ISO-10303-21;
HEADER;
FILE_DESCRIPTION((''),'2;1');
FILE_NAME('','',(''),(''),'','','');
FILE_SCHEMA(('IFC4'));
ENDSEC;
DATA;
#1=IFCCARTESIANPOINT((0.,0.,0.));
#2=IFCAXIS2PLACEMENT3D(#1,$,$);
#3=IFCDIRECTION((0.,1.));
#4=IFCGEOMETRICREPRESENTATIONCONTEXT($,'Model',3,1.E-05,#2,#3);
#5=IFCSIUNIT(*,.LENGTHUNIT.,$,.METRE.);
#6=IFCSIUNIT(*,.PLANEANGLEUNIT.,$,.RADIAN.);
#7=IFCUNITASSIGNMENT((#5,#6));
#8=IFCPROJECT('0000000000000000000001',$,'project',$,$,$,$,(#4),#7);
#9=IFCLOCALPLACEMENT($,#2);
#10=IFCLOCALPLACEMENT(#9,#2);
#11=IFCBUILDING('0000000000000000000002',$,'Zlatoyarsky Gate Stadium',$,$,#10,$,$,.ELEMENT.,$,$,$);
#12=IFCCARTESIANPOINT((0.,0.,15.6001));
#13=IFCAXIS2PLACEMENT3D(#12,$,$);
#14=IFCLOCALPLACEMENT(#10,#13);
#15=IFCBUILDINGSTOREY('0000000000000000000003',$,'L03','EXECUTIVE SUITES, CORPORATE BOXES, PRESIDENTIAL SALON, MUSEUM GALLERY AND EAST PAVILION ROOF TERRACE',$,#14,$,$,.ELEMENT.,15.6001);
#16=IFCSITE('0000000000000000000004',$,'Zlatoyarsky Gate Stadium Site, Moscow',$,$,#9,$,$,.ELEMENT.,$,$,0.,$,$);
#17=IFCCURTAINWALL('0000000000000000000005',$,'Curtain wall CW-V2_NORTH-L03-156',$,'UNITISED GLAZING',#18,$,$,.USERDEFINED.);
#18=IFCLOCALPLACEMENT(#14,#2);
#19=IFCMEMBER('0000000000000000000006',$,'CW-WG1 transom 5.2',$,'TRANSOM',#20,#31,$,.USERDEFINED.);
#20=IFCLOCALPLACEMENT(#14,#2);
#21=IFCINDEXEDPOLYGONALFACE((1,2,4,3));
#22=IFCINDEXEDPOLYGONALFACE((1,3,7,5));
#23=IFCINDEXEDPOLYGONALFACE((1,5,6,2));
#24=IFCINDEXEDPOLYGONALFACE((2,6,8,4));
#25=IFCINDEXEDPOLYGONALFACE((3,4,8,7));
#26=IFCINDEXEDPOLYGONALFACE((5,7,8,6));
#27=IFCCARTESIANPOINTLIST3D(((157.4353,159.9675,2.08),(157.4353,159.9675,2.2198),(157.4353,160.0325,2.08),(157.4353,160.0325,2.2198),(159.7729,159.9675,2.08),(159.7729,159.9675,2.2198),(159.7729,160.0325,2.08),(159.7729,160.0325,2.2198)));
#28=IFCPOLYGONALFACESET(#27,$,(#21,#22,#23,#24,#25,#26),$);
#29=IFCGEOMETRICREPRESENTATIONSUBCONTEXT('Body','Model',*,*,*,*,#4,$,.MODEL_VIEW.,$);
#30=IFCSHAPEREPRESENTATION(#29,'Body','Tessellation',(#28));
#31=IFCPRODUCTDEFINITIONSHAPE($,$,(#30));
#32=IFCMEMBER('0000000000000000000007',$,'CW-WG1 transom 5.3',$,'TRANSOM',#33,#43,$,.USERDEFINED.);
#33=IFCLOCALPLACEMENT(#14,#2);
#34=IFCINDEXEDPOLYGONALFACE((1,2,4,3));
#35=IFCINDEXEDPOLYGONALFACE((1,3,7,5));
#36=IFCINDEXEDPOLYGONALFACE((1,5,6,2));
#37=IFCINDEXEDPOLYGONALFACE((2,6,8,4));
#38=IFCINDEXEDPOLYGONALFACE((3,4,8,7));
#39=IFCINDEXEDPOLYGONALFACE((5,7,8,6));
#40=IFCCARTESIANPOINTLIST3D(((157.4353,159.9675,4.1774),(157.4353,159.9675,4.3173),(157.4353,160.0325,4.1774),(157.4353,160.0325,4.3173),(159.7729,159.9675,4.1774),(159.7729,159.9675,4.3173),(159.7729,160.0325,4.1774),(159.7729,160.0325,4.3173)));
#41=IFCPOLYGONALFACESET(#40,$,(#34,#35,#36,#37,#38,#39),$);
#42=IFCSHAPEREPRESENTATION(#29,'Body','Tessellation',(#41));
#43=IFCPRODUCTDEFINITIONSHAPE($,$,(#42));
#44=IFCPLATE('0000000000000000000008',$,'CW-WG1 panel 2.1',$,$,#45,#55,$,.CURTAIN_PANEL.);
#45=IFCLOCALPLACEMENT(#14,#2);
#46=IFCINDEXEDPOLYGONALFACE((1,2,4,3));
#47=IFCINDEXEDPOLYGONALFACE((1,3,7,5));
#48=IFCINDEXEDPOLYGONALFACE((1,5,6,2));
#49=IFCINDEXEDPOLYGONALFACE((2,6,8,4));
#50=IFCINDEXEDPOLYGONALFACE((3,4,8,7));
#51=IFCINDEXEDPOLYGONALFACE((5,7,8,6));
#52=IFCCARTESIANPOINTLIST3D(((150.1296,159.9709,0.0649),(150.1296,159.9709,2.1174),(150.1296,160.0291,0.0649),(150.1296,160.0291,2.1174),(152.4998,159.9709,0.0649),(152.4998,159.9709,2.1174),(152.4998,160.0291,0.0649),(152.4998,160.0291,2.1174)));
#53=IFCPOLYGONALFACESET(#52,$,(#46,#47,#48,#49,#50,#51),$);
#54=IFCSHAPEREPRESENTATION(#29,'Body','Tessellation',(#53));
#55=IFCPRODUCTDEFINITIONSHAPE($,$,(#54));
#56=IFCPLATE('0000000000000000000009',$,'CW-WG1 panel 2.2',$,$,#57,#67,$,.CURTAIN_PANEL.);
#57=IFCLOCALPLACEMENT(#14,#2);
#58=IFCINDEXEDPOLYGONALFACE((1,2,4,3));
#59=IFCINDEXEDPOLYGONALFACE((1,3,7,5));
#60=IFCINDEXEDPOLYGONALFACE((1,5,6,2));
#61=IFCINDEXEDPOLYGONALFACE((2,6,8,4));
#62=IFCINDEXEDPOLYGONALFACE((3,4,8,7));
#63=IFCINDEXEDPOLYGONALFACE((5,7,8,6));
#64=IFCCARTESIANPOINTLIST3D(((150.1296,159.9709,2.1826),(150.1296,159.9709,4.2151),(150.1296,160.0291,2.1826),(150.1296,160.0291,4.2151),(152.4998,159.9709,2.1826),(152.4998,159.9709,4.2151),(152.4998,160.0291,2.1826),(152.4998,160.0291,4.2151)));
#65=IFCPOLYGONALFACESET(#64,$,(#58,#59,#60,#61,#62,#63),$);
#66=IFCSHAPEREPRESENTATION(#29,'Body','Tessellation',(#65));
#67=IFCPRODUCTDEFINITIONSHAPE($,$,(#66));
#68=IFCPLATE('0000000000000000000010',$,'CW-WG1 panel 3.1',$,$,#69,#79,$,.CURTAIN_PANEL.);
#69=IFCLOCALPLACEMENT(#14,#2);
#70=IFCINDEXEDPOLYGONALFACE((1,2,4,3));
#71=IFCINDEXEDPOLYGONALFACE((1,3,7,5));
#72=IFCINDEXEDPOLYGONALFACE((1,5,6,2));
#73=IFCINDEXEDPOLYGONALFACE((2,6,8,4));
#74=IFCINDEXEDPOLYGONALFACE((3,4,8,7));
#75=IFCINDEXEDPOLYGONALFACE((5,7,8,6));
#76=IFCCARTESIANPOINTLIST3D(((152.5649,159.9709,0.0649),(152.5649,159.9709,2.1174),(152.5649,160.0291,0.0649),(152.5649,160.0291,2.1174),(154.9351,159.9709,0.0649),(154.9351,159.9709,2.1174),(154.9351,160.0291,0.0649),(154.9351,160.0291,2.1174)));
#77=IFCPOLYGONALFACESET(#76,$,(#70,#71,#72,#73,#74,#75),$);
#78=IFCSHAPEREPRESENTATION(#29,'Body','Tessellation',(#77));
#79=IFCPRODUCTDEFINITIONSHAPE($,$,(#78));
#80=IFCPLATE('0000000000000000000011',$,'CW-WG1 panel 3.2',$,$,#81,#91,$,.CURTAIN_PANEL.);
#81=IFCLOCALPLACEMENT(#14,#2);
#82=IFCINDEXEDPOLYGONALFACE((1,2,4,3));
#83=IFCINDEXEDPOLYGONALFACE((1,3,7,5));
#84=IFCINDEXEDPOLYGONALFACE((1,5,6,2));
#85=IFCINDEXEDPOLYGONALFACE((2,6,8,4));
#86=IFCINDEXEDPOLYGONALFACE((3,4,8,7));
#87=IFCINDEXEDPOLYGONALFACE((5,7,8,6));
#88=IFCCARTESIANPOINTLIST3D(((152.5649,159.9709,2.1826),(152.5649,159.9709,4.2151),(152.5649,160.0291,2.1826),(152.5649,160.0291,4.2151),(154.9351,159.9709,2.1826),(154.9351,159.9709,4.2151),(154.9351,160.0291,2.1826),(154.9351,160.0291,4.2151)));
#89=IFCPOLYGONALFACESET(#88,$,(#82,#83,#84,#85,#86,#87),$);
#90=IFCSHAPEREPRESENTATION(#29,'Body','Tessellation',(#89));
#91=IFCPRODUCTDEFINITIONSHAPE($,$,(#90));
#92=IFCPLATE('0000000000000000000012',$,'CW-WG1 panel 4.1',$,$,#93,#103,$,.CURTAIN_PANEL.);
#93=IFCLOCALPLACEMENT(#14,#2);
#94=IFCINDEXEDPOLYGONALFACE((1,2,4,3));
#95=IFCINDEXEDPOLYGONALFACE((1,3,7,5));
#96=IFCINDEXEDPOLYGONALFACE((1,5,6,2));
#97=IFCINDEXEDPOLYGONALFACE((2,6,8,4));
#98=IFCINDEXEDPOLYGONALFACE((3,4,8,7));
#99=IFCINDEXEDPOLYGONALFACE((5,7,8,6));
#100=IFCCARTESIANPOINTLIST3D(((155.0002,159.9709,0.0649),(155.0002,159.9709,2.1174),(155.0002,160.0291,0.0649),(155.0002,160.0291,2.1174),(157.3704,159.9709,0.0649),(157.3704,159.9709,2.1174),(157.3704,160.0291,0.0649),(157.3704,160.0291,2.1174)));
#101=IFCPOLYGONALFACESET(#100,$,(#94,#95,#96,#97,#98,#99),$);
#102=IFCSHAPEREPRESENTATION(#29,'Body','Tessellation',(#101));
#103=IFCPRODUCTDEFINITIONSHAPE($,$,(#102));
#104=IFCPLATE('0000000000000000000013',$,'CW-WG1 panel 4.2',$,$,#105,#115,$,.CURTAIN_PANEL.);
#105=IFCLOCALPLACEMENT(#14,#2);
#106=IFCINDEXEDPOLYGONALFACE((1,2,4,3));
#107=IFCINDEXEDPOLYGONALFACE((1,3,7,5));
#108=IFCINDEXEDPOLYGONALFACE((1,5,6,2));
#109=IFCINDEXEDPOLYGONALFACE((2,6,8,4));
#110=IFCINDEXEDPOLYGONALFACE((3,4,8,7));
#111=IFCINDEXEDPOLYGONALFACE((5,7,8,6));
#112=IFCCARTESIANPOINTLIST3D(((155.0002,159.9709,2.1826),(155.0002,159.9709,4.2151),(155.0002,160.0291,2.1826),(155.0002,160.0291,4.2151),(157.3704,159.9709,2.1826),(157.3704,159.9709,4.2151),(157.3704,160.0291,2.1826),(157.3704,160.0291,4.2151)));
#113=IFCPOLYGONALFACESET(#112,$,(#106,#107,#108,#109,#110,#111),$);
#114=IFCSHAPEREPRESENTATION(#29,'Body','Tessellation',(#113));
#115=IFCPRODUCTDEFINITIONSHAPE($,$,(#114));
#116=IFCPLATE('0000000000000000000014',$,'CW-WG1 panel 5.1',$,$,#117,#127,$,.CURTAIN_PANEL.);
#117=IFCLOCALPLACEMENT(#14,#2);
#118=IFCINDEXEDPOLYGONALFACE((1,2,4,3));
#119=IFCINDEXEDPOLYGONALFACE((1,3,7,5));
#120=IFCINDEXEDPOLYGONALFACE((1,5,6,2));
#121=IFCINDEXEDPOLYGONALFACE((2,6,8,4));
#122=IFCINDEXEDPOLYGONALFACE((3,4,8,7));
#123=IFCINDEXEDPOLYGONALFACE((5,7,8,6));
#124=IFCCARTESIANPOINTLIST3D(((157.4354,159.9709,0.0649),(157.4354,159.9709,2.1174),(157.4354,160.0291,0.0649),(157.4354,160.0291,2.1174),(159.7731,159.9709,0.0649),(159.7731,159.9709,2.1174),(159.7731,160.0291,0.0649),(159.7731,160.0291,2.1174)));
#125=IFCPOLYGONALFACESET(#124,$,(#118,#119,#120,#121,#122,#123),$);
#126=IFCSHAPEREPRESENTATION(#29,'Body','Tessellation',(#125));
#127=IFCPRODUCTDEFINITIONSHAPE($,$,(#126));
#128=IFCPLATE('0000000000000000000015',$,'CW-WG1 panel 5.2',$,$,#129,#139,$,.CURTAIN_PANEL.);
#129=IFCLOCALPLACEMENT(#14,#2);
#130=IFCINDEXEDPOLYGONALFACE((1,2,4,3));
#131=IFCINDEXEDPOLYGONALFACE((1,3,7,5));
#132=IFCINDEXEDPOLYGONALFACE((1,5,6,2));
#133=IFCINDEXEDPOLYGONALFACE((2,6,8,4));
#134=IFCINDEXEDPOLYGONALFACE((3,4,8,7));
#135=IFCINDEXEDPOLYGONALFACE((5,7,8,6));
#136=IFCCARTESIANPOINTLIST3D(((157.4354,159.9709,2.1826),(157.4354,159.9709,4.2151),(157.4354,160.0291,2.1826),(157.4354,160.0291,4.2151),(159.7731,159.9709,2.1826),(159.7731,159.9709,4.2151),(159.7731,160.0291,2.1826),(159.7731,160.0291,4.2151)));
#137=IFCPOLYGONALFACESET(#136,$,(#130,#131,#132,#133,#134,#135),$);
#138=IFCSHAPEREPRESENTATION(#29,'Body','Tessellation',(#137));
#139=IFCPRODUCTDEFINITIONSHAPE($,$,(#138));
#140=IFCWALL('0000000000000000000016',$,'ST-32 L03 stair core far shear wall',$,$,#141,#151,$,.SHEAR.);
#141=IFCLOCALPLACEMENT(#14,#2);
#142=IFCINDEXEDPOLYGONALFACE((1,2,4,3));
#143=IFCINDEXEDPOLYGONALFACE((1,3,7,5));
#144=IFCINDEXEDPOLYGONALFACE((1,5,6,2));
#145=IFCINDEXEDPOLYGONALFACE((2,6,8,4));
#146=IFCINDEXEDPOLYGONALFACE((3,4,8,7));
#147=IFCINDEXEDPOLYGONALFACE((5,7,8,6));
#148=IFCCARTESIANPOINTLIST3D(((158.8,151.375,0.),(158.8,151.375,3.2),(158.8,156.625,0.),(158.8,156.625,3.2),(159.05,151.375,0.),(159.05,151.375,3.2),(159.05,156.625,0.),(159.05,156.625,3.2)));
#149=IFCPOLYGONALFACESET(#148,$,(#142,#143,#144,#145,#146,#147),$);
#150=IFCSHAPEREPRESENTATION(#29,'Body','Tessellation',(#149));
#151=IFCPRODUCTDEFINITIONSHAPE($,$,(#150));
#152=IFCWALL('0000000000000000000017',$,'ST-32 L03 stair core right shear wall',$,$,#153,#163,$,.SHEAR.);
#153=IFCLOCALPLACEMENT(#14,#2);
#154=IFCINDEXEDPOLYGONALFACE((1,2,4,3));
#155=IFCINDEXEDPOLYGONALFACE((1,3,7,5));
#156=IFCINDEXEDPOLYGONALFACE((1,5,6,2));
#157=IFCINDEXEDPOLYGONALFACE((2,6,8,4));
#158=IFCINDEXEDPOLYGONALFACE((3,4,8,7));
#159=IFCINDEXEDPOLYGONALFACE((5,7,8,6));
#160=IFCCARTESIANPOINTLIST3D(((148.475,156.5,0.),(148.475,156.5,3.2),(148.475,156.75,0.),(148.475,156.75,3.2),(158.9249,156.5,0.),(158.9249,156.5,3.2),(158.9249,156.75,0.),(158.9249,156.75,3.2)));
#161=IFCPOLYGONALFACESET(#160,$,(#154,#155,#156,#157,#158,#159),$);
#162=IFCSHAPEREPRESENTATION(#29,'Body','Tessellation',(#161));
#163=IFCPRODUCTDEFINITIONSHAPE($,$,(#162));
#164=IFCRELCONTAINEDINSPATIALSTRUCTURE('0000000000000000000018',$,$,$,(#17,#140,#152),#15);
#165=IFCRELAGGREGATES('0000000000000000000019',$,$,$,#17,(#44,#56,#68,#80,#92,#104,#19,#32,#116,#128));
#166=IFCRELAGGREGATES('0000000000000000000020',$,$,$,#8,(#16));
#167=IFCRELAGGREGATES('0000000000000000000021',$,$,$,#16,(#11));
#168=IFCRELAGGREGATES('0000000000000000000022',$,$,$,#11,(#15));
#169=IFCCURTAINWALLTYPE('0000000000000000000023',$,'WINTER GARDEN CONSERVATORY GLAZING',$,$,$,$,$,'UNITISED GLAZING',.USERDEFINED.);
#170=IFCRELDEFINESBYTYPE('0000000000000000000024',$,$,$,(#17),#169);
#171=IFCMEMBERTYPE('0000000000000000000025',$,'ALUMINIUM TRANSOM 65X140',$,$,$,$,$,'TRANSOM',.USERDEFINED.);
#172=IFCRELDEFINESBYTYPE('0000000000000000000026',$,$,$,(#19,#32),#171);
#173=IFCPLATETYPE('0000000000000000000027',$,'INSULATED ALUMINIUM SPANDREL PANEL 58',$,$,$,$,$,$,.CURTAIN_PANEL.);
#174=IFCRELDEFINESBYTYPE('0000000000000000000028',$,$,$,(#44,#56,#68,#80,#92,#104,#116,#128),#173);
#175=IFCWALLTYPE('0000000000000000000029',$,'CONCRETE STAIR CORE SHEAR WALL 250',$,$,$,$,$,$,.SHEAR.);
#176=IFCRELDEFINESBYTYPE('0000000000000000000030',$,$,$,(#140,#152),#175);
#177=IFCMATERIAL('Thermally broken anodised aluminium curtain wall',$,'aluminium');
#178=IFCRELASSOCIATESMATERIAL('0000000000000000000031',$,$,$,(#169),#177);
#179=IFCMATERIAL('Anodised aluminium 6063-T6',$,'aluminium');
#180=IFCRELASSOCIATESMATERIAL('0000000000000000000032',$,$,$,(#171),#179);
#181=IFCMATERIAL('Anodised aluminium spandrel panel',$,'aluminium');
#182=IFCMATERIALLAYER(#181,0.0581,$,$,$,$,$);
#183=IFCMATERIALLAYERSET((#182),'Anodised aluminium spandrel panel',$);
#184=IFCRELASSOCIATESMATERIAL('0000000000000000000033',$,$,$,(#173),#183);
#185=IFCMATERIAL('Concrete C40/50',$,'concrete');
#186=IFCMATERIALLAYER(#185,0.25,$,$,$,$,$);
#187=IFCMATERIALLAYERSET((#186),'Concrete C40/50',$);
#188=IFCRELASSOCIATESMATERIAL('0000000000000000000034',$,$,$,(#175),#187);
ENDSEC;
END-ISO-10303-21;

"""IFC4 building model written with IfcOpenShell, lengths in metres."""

from ifc_helpers import new_model, si_unit, direction, frame, frame_2d, origin, origin_2d, place, context, subcontext, project, spatial, rectangle, extrude, material, layer, layer_set, material_profile, profile_set, type_object, element, aggregate, save


model = new_model("IFC4")

# Units and contexts
model_context = context("Model", 3, precision=1e-05, world=origin(), true_north=direction((0.0, 1.0)))
body_context = subcontext(model_context, "Body", "Model", "MODEL_VIEW")
ifc_project = project(units=[si_unit("LENGTHUNIT", "METRE"), si_unit("PLANEANGLEUNIT", "RADIAN")], contexts=[model_context])

# Site, building, storey
site_placement = place(None, origin())
site = spatial("IfcSite", under=ifc_project, at=site_placement, Name="Zlatoyarsky Gate Stadium Site, Moscow", CompositionType="ELEMENT", RefElevation=0.0)
building_placement = place(site_placement, origin())
building = spatial("IfcBuilding", under=site, at=building_placement, Name="Zlatoyarsky Gate Stadium", CompositionType="ELEMENT")
storey_placement = place(building_placement, frame((0.0, 0.0, 15.6001)))
storey = spatial("IfcBuildingStorey", under=building, at=storey_placement, Name="L03", Description="EXECUTIVE SUITES, CORPORATE BOXES, PRESIDENTIAL SALON, MUSEUM GALLERY AND EAST PAVILION ROOF TERRACE", CompositionType="ELEMENT", Elevation=15.6001)

# Curtain wall, members, plates
ifc_material_1 = material(Name="Thermally broken anodised aluminium curtain wall", Category="aluminium")
curtain_wall_type = type_object("IfcCurtainWallType", Name="WINTER GARDEN CONSERVATORY GLAZING", ElementType="UNITISED GLAZING", PredefinedType="USERDEFINED", material=ifc_material_1)
curtain_wall_placement = place(storey_placement, origin())
curtain_wall = element("IfcCurtainWall", 1, at=curtain_wall_placement, inside=storey, type_object=curtain_wall_type, Name="Curtain wall CW-V2_NORTH-L03-156", ObjectType="UNITISED GLAZING", PredefinedType="USERDEFINED")
ifc_material_2 = material(Name="Anodised aluminium 6063-T6", Category="aluminium")
ifc_material_profile_1 = material_profile(ifc_material_2, rectangle(XDim=0.0649, YDim=0.1399, at=origin_2d()), Name="ALU 65X140")
ifc_profile_set_1 = profile_set([ifc_material_profile_1], Name="Anodised aluminium 6063-T6")
member_type_1 = type_object("IfcMemberType", Name="ALUMINIUM TRANSOM 65X140", ElementType="TRANSOM", PredefinedType="USERDEFINED", material=ifc_profile_set_1)
member_1_placement = place(storey_placement, frame((157.4353, 160.0, 2.1499), z_axis=(1.0, 0.0, 0.0), x_axis=(0.0, 1.0, 0.0)))
member_1 = element("IfcMember", 2, at=member_1_placement, type_object=member_type_1, Name="CW-WG1 transom 5.2", ObjectType="TRANSOM", PredefinedType="USERDEFINED", context=body_context, shape_type="SweptSolid", body=[
    extrude(rectangle(XDim=0.0649, YDim=0.1399, at=origin_2d()), origin(), (0.0, 0.0, 1.0), 2.3376),
])
member_2_placement = place(storey_placement, frame((157.4353, 160.0, 4.2473), z_axis=(1.0, 0.0, 0.0), x_axis=(0.0, 1.0, 0.0)))
member_2 = element("IfcMember", 3, at=member_2_placement, type_object=member_type_1, Name="CW-WG1 transom 5.3", ObjectType="TRANSOM", PredefinedType="USERDEFINED", context=body_context, shape_type="SweptSolid", body=[
    extrude(rectangle(XDim=0.0649, YDim=0.1399, at=origin_2d()), origin(), (0.0, 0.0, 1.0), 2.3376),
])
ifc_material_3 = material(Name="Anodised aluminium spandrel panel", Category="aluminium")
ifc_layer_1 = layer(ifc_material_3, 0.0581)
ifc_layer_set_1 = layer_set([ifc_layer_1], Name="Anodised aluminium spandrel panel")
plate_type = type_object("IfcPlateType", Name="INSULATED ALUMINIUM SPANDREL PANEL 58", PredefinedType="CURTAIN_PANEL", material=ifc_layer_set_1)
plate_1_placement = place(storey_placement, frame((151.3147, 160.0, 0.0649), z_axis=(0.0, 0.0, 1.0), x_axis=(1.0, 0.0, 0.0)))
plate_1 = element("IfcPlate", 4, at=plate_1_placement, type_object=plate_type, Name="CW-WG1 panel 2.1", PredefinedType="CURTAIN_PANEL", context=body_context, shape_type="SweptSolid", body=[
    extrude(rectangle(XDim=2.3701, YDim=0.0581, at=origin_2d()), origin(), (0.0, 0.0, 1.0), 2.0525),
])
plate_2_placement = place(storey_placement, frame((151.3147, 160.0, 2.1826), z_axis=(0.0, 0.0, 1.0), x_axis=(1.0, 0.0, 0.0)))
plate_2 = element("IfcPlate", 5, at=plate_2_placement, type_object=plate_type, Name="CW-WG1 panel 2.2", PredefinedType="CURTAIN_PANEL", context=body_context, shape_type="SweptSolid", body=[
    extrude(rectangle(XDim=2.3701, YDim=0.0581, at=origin_2d()), origin(), (0.0, 0.0, 1.0), 2.0325),
])
plate_3_placement = place(storey_placement, frame((153.75, 160.0, 0.0649), z_axis=(0.0, 0.0, 1.0), x_axis=(1.0, 0.0, 0.0)))
plate_3 = element("IfcPlate", 6, at=plate_3_placement, type_object=plate_type, Name="CW-WG1 panel 3.1", PredefinedType="CURTAIN_PANEL", context=body_context, shape_type="SweptSolid", body=[
    extrude(rectangle(XDim=2.3701, YDim=0.0581, at=origin_2d()), origin(), (0.0, 0.0, 1.0), 2.0525),
])
plate_4_placement = place(storey_placement, frame((153.75, 160.0, 2.1826), z_axis=(0.0, 0.0, 1.0), x_axis=(1.0, 0.0, 0.0)))
plate_4 = element("IfcPlate", 7, at=plate_4_placement, type_object=plate_type, Name="CW-WG1 panel 3.2", PredefinedType="CURTAIN_PANEL", context=body_context, shape_type="SweptSolid", body=[
    extrude(rectangle(XDim=2.3701, YDim=0.0581, at=origin_2d()), origin(), (0.0, 0.0, 1.0), 2.0325),
])
plate_5_placement = place(storey_placement, frame((156.1853, 160.0, 0.0649), z_axis=(0.0, 0.0, 1.0), x_axis=(1.0, 0.0, 0.0)))
plate_5 = element("IfcPlate", 8, at=plate_5_placement, type_object=plate_type, Name="CW-WG1 panel 4.1", PredefinedType="CURTAIN_PANEL", context=body_context, shape_type="SweptSolid", body=[
    extrude(rectangle(XDim=2.3701, YDim=0.0581, at=origin_2d()), origin(), (0.0, 0.0, 1.0), 2.0525),
])
plate_6_placement = place(storey_placement, frame((156.1853, 160.0, 2.1826), z_axis=(0.0, 0.0, 1.0), x_axis=(1.0, 0.0, 0.0)))
plate_6 = element("IfcPlate", 9, at=plate_6_placement, type_object=plate_type, Name="CW-WG1 panel 4.2", PredefinedType="CURTAIN_PANEL", context=body_context, shape_type="SweptSolid", body=[
    extrude(rectangle(XDim=2.3701, YDim=0.0581, at=origin_2d()), origin(), (0.0, 0.0, 1.0), 2.0325),
])
plate_7_placement = place(storey_placement, frame((158.6042, 160.0, 0.0649), z_axis=(0.0, 0.0, 1.0), x_axis=(1.0, 0.0, 0.0)))
plate_7 = element("IfcPlate", 10, at=plate_7_placement, type_object=plate_type, Name="CW-WG1 panel 5.1", PredefinedType="CURTAIN_PANEL", context=body_context, shape_type="SweptSolid", body=[
    extrude(rectangle(XDim=2.3376, YDim=0.0581, at=origin_2d()), origin(), (0.0, 0.0, 1.0), 2.0525),
])
plate_8_placement = place(storey_placement, frame((158.6042, 160.0, 2.1826), z_axis=(0.0, 0.0, 1.0), x_axis=(1.0, 0.0, 0.0)))
plate_8 = element("IfcPlate", 11, at=plate_8_placement, type_object=plate_type, Name="CW-WG1 panel 5.2", PredefinedType="CURTAIN_PANEL", context=body_context, shape_type="SweptSolid", body=[
    extrude(rectangle(XDim=2.3376, YDim=0.0581, at=origin_2d()), origin(), (0.0, 0.0, 1.0), 2.0325),
])
aggregate(curtain_wall, [plate_1, plate_2, plate_3, plate_4, plate_5, plate_6, member_1, member_2, plate_7, plate_8])

# Walls
ifc_material_4 = material(Name="Concrete C40/50", Category="concrete")
ifc_layer_2 = layer(ifc_material_4, 0.25)
ifc_layer_set_2 = layer_set([ifc_layer_2], Name="Concrete C40/50")
wall_type = type_object("IfcWallType", Name="CONCRETE STAIR CORE SHEAR WALL 250", PredefinedType="SHEAR", material=ifc_layer_set_2)
wall_1_placement = place(storey_placement, frame((158.925, 151.375, 0.0), z_axis=(0.0, 0.0, 1.0), x_axis=(0.0, 1.0, 0.0)))
element("IfcWall", 12, at=wall_1_placement, inside=storey, type_object=wall_type, Name="ST-32 L03 stair core far shear wall", PredefinedType="SHEAR", context=body_context, shape_type="SweptSolid", body=[
    extrude(rectangle(XDim=5.25, YDim=0.25, at=frame_2d((2.625, 0.0))), origin(), (0.0, 0.0, 1.0), 3.2),
])
wall_2_placement = place(storey_placement, frame((158.925, 156.625, 0.0), z_axis=(0.0, 0.0, 1.0), x_axis=(-1.0, 0.0, 0.0)))
element("IfcWall", 13, at=wall_2_placement, inside=storey, type_object=wall_type, Name="ST-32 L03 stair core right shear wall", PredefinedType="SHEAR", context=body_context, shape_type="SweptSolid", body=[
    extrude(rectangle(XDim=10.45, YDim=0.25, at=frame_2d((5.2251, 0.0))), origin(), (0.0, 0.0, 1.0), 3.2),
])

save(model, "model.ifc")
